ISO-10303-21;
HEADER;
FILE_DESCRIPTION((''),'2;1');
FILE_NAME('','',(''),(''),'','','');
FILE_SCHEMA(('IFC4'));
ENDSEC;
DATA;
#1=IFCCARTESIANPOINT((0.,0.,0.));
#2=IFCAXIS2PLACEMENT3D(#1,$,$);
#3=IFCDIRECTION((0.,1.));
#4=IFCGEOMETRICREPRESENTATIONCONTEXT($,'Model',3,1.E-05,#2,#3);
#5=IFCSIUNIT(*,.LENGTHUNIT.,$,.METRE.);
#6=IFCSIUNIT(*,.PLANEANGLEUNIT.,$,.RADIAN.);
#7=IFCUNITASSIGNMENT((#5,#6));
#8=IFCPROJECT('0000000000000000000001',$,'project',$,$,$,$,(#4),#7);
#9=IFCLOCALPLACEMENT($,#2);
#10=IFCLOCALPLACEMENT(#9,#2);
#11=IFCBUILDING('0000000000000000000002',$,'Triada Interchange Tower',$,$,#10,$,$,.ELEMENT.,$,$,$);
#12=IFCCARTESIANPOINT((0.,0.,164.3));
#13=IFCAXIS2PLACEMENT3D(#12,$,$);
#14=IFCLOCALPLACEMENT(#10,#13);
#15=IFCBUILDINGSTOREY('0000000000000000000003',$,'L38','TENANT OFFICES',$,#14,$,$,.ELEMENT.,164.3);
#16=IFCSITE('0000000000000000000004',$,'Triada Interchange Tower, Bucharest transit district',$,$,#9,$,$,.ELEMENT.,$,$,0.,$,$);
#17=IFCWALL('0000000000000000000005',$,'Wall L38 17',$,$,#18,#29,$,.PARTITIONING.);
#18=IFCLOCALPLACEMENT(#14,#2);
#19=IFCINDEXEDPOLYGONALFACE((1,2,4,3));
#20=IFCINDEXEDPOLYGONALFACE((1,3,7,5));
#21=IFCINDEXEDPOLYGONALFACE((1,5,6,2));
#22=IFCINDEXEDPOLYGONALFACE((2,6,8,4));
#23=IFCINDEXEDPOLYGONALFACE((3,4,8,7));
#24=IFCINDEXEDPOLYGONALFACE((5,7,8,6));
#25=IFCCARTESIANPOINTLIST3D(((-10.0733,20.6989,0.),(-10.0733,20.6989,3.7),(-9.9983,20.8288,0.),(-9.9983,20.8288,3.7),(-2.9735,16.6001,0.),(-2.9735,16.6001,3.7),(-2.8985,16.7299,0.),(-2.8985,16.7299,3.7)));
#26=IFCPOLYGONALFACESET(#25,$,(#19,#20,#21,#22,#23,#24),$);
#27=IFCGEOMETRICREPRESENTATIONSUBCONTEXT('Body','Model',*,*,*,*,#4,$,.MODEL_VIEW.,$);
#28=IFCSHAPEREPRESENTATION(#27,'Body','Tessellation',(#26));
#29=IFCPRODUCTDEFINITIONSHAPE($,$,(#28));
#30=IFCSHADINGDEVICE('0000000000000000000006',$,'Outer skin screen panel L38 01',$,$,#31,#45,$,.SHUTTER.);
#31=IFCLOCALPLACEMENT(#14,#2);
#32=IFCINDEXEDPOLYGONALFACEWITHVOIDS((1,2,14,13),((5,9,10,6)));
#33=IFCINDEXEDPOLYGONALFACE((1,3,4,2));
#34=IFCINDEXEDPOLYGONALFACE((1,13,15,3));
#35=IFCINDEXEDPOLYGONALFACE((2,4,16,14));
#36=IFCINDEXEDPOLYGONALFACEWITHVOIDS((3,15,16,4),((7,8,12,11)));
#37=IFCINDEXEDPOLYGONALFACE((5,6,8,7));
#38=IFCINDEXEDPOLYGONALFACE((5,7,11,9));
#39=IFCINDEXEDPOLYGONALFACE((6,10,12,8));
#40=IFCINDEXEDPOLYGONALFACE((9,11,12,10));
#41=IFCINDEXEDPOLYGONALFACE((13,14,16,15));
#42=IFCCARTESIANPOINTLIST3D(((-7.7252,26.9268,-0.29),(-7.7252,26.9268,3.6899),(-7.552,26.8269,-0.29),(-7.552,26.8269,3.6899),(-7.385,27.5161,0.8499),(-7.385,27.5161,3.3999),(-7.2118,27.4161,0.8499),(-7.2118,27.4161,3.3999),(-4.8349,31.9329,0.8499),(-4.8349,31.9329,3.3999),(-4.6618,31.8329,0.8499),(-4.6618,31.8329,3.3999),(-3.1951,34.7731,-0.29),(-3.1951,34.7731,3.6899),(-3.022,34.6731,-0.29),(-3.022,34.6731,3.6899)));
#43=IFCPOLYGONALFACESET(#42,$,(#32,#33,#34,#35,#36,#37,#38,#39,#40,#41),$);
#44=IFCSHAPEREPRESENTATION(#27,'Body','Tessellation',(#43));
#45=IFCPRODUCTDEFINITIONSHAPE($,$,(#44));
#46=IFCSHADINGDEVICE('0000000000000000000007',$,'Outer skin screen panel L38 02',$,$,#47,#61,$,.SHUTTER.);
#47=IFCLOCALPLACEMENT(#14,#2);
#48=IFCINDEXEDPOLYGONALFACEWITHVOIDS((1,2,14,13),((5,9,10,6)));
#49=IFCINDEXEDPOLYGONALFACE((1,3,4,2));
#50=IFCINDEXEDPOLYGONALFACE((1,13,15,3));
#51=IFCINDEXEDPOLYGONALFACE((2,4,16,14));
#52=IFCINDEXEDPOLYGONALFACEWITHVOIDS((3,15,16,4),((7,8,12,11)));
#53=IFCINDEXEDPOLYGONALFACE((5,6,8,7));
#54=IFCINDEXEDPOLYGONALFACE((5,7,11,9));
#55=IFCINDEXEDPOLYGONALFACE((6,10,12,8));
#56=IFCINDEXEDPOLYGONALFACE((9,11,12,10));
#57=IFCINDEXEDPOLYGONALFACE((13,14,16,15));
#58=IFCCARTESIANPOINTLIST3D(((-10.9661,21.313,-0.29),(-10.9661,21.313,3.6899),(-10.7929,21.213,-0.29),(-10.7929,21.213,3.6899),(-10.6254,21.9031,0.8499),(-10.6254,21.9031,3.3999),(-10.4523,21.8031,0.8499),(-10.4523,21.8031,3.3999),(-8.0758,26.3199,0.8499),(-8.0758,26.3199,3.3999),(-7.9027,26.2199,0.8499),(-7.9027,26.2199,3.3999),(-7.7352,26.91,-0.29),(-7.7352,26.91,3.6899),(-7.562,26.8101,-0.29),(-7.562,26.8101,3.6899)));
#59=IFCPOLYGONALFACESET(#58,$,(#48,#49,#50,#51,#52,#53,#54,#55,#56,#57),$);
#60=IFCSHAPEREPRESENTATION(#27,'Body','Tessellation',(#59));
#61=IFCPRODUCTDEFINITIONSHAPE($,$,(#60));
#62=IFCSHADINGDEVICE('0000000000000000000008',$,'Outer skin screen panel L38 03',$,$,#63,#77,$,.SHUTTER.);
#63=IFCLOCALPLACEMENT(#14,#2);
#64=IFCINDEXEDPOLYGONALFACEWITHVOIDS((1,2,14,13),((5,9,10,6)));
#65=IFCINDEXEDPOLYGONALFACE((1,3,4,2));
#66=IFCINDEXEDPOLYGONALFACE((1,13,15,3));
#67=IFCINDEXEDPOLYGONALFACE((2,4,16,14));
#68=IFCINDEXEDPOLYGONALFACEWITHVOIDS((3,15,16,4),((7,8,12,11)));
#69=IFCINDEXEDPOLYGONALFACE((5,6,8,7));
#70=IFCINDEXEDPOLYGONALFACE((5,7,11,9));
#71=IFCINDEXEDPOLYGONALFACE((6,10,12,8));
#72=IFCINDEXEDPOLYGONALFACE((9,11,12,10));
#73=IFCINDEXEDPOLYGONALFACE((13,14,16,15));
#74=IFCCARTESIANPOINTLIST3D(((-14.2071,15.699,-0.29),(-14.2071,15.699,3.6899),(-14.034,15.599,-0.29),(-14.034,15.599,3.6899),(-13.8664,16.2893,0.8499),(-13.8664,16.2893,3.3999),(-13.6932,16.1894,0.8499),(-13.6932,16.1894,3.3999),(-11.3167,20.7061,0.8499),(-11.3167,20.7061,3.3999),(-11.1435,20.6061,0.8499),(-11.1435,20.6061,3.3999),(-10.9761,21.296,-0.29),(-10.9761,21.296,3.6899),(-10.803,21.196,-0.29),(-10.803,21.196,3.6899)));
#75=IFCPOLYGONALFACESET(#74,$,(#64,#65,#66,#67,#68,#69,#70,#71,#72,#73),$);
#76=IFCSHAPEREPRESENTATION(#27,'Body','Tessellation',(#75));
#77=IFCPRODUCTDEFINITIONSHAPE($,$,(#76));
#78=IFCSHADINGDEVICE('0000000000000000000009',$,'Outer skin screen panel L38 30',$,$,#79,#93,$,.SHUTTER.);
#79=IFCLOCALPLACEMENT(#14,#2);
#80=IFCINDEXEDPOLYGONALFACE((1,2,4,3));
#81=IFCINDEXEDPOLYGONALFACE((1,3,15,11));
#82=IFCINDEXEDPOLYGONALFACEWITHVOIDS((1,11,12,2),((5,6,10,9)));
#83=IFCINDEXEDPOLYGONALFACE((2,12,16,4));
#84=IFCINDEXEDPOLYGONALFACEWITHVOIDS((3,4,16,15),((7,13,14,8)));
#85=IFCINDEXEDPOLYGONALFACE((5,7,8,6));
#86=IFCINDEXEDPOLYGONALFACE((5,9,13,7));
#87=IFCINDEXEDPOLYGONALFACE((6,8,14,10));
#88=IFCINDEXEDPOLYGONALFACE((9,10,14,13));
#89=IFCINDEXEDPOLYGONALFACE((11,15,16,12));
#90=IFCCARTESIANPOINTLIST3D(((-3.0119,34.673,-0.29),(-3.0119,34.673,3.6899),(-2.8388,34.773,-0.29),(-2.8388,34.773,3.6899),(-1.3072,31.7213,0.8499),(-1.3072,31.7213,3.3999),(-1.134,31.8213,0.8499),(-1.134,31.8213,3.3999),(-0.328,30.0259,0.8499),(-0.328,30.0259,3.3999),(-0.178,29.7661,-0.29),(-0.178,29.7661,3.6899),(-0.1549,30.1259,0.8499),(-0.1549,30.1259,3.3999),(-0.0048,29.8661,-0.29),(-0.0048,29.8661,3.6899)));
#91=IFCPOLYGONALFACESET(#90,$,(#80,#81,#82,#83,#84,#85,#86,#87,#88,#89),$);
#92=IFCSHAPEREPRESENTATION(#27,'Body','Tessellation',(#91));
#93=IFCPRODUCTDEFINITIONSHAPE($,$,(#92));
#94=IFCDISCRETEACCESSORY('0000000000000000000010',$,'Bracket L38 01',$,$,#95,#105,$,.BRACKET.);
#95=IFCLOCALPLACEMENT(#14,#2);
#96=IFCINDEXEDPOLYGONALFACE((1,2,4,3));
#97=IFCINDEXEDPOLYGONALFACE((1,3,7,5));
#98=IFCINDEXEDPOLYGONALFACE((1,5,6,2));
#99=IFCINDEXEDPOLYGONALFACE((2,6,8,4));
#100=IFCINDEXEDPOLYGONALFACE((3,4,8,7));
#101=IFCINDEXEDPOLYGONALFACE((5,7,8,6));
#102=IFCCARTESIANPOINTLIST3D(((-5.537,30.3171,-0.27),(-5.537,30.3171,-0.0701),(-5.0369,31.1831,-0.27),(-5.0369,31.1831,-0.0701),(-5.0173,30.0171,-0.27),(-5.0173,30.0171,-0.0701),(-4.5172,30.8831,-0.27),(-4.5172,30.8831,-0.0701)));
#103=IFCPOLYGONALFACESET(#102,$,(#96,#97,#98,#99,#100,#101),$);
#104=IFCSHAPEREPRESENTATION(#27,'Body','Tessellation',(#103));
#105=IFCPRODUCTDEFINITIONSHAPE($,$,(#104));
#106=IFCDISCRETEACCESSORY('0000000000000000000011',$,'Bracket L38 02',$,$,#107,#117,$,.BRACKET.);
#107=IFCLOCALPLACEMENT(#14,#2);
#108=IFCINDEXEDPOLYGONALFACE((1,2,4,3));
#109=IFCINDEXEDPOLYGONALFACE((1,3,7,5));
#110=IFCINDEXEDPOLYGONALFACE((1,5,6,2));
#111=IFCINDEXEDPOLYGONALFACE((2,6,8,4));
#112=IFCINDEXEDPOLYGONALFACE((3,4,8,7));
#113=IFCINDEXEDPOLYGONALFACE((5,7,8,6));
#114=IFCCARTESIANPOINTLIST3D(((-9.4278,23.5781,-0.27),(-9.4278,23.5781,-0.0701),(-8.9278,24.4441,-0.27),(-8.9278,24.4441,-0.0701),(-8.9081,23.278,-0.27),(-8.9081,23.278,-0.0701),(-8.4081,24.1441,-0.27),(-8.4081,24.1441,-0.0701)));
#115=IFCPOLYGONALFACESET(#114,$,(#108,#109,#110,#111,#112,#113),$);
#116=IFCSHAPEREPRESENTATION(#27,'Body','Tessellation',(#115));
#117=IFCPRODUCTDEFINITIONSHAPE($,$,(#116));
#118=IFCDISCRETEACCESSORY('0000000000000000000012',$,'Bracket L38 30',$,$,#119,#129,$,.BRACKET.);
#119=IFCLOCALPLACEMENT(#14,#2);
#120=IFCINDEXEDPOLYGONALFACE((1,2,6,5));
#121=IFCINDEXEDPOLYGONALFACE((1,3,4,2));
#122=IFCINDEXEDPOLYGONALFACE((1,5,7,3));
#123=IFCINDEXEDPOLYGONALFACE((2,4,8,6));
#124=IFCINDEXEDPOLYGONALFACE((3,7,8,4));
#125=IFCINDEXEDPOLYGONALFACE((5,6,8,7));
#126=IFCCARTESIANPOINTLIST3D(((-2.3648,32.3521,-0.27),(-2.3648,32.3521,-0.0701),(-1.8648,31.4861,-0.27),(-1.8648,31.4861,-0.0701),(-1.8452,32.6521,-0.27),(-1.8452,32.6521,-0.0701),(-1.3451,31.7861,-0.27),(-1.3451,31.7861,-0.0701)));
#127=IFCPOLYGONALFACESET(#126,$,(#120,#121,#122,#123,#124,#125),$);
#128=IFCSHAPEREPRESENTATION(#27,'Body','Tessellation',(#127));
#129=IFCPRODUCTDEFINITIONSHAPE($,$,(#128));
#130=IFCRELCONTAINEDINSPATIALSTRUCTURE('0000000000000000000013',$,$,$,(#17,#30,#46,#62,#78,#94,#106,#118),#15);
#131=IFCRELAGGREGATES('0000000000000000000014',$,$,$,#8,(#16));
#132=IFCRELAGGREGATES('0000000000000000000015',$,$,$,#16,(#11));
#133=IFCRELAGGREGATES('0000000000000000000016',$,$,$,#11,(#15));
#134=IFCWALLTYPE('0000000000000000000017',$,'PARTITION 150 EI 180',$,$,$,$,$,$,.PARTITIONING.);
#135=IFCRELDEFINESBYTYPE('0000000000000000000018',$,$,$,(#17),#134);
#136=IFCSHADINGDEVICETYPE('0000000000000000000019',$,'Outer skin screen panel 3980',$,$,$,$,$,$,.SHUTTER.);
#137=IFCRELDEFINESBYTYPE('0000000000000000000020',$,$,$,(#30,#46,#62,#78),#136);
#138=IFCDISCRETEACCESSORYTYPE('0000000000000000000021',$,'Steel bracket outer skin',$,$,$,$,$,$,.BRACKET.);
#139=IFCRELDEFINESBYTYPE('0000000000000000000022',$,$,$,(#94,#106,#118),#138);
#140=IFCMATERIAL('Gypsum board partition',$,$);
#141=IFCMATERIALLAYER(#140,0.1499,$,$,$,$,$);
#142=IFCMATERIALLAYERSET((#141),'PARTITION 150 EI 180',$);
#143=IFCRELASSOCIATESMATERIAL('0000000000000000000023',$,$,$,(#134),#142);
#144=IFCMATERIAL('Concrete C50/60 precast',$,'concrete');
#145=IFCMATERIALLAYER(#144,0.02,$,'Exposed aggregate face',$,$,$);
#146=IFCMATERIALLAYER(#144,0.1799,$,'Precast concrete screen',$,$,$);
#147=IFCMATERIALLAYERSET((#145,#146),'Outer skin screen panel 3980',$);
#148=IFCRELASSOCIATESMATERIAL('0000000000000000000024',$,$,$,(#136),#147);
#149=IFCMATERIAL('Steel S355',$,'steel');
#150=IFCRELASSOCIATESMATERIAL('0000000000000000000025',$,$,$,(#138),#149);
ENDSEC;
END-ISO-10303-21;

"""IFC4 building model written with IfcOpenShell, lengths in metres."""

from ifc_helpers import new_model, si_unit, direction, frame, frame_2d, origin, origin_2d, place, context, subcontext, project, spatial, polyline, rectangle, outline, extrude, material, layer, layer_set, type_object, element, save


model = new_model("IFC4")

# Units and contexts
model_context = context("Model", 3, precision=1e-05, world=origin(), true_north=direction((0.0, 1.0)))
body_context = subcontext(model_context, "Body", "Model", "MODEL_VIEW")
ifc_project = project(units=[si_unit("LENGTHUNIT", "METRE"), si_unit("PLANEANGLEUNIT", "RADIAN")], contexts=[model_context])

# Site, building, storey
site_placement = place(None, origin())
site = spatial("IfcSite", under=ifc_project, at=site_placement, Name="Triada Interchange Tower, Bucharest transit district", CompositionType="ELEMENT", RefElevation=0.0)
building_placement = place(site_placement, origin())
building = spatial("IfcBuilding", under=site, at=building_placement, Name="Triada Interchange Tower", CompositionType="ELEMENT")
storey_placement = place(building_placement, frame((0.0, 0.0, 164.3)))
storey = spatial("IfcBuildingStorey", under=building, at=storey_placement, Name="L38", Description="TENANT OFFICES", CompositionType="ELEMENT", Elevation=164.3)

# Wall
ifc_material_1 = material(Name="Gypsum board partition")
ifc_layer_1 = layer(ifc_material_1, 0.1499)
ifc_layer_set_1 = layer_set([ifc_layer_1], Name="PARTITION 150 EI 180")
wall_type_1 = type_object("IfcWallType", Name="PARTITION 150 EI 180", PredefinedType="PARTITIONING", material=ifc_layer_set_1)
wall_1_placement = place(storey_placement, frame((-10.0359, 20.7639, 0.0), z_axis=(0.0, 0.0, 1.0), x_axis=(0.866037, -0.499979, 0.0)))
element("IfcWall", 1, at=wall_1_placement, inside=storey, type_object=wall_type_1, Name="Wall L38 17", PredefinedType="PARTITIONING", context=body_context, shape_type="SweptSolid", body=[
    extrude(rectangle(XDim=8.198, YDim=0.1499, at=frame_2d((4.0991, 0.0))), origin(), (0.0, 0.0, 1.0), 3.7),
])

# Shading devices
ifc_material_2 = material(Name="Concrete C50/60 precast", Category="concrete")
ifc_layer_2 = layer(ifc_material_2, 0.02, Name="Exposed aggregate face")
ifc_layer_3 = layer(ifc_material_2, 0.1799, Name="Precast concrete screen")
ifc_layer_set_2 = layer_set([ifc_layer_2, ifc_layer_3], Name="Outer skin screen panel 3980")
shading_device_type = type_object("IfcShadingDeviceType", Name="Outer skin screen panel 3980", PredefinedType="SHUTTER", material=ifc_layer_set_2)
shading_device_1_placement = place(storey_placement, frame((-3.022, 34.6731, -0.29), z_axis=(0.0, 0.0, 1.0), x_axis=(-0.500002, -0.866024, 0.0)))
element("IfcShadingDevice", 2, at=shading_device_1_placement, inside=storey, type_object=shading_device_type, Name="Outer skin screen panel L38 01", PredefinedType="SHUTTER", context=body_context, shape_type="SweptSolid", body=[
    extrude(outline(polyline([(0.0, 0.0), (9.0601, 0.0), (9.0601, 3.98), (0.0, 3.98), (0.0, 0.0)]), holes=[polyline([(3.2795, 1.1399), (3.2795, 3.6899), (8.3796, 3.6899), (8.3796, 1.1399), (3.2795, 1.1399)])]), frame((0.0, 0.0, 0.0), z_axis=(0.0, -1.0, 0.0), x_axis=(1.0, 0.0, 0.0)), (0.0, 0.0, 1.0), 0.2),
])
shading_device_2_placement = place(storey_placement, frame((-7.562, 26.8101, -0.29), z_axis=(0.0, 0.0, 1.0), x_axis=(-0.499934, -0.866064, 0.0)))
element("IfcShadingDevice", 3, at=shading_device_2_placement, inside=storey, type_object=shading_device_type, Name="Outer skin screen panel L38 02", PredefinedType="SHUTTER", context=body_context, shape_type="SweptSolid", body=[
    extrude(outline(polyline([(0.0, 0.0), (6.4626, 0.0), (6.4626, 3.98), (0.0, 3.98), (0.0, 0.0)]), holes=[polyline([(0.6814, 1.1399), (0.6814, 3.6899), (5.7812, 3.6899), (5.7812, 1.1399), (0.6814, 1.1399)])]), frame((0.0, 0.0, 0.0), z_axis=(0.0, -1.0, 0.0), x_axis=(1.0, 0.0, 0.0)), (0.0, 0.0, 1.0), 0.2),
])
shading_device_3_placement = place(storey_placement, frame((-10.803, 21.196, -0.29), z_axis=(0.0, 0.0, 1.0), x_axis=(-0.49995, -0.866054, 0.0)))
element("IfcShadingDevice", 4, at=shading_device_3_placement, inside=storey, type_object=shading_device_type, Name="Outer skin screen panel L38 03", PredefinedType="SHUTTER", context=body_context, shape_type="SweptSolid", body=[
    extrude(outline(polyline([(0.0, 0.0), (6.4626, 0.0), (6.4626, 3.98), (0.0, 3.98), (0.0, 0.0)]), holes=[polyline([(0.6812, 1.1399), (0.6812, 3.6899), (5.781, 3.6899), (5.781, 1.1399), (0.6812, 1.1399)])]), frame((0.0, 0.0, 0.0), z_axis=(0.0, -1.0, 0.0), x_axis=(1.0, 0.0, 0.0)), (0.0, 0.0, 1.0), 0.2),
])
shading_device_4_placement = place(storey_placement, frame((-0.178, 29.7661, -0.29), z_axis=(0.0, 0.0, 1.0), x_axis=(-0.500124, 0.865954, 0.0)))
element("IfcShadingDevice", 5, at=shading_device_4_placement, inside=storey, type_object=shading_device_type, Name="Outer skin screen panel L38 30", PredefinedType="SHUTTER", context=body_context, shape_type="SweptSolid", body=[
    extrude(outline(polyline([(0.0, 0.0), (5.6665, 0.0), (5.6665, 3.98), (0.0, 3.98), (0.0, 0.0)]), holes=[polyline([(0.3, 1.1399), (0.3, 3.6899), (2.2578, 3.6899), (2.2578, 1.1399), (0.3, 1.1399)])]), frame((0.0, 0.0, 0.0), z_axis=(0.0, -1.0, 0.0), x_axis=(1.0, 0.0, 0.0)), (0.0, 0.0, 1.0), 0.2),
])

# Discrete accessories
ifc_material_3 = material(Name="Steel S355", Category="steel")
discrete_accessory_type = type_object("IfcDiscreteAccessoryType", Name="Steel bracket outer skin", PredefinedType="BRACKET", material=ifc_material_3)
for number, where, z_axis, x_axis, name in (
    (6, (-5.0271, 30.6001, -0.27), (0.0, 0.0, 1.0), (-0.866023, 0.500005, 0.0), "Bracket L38 01"),
    (7, (-8.918, 23.8611, -0.27), (0.0, 0.0, 1.0), (-0.866023, 0.500005, 0.0), "Bracket L38 02"),
    (8, (-1.855, 32.0691, -0.27), (0.0, 0.0, 1.0), (0.866001, 0.500043, 0.0), "Bracket L38 30"),
):
    element("IfcDiscreteAccessory", number, at=place(storey_placement, frame(where, z_axis=z_axis, x_axis=x_axis)), inside=storey, type_object=discrete_accessory_type, Name=name, PredefinedType="BRACKET", context=body_context, shape_type="SweptSolid", body=[
        extrude(rectangle(XDim=0.6001, YDim=1.0, at=origin_2d()), origin(), (0.0, 0.0, 1.0), 0.2),
    ])

save(model, "model.ifc")
